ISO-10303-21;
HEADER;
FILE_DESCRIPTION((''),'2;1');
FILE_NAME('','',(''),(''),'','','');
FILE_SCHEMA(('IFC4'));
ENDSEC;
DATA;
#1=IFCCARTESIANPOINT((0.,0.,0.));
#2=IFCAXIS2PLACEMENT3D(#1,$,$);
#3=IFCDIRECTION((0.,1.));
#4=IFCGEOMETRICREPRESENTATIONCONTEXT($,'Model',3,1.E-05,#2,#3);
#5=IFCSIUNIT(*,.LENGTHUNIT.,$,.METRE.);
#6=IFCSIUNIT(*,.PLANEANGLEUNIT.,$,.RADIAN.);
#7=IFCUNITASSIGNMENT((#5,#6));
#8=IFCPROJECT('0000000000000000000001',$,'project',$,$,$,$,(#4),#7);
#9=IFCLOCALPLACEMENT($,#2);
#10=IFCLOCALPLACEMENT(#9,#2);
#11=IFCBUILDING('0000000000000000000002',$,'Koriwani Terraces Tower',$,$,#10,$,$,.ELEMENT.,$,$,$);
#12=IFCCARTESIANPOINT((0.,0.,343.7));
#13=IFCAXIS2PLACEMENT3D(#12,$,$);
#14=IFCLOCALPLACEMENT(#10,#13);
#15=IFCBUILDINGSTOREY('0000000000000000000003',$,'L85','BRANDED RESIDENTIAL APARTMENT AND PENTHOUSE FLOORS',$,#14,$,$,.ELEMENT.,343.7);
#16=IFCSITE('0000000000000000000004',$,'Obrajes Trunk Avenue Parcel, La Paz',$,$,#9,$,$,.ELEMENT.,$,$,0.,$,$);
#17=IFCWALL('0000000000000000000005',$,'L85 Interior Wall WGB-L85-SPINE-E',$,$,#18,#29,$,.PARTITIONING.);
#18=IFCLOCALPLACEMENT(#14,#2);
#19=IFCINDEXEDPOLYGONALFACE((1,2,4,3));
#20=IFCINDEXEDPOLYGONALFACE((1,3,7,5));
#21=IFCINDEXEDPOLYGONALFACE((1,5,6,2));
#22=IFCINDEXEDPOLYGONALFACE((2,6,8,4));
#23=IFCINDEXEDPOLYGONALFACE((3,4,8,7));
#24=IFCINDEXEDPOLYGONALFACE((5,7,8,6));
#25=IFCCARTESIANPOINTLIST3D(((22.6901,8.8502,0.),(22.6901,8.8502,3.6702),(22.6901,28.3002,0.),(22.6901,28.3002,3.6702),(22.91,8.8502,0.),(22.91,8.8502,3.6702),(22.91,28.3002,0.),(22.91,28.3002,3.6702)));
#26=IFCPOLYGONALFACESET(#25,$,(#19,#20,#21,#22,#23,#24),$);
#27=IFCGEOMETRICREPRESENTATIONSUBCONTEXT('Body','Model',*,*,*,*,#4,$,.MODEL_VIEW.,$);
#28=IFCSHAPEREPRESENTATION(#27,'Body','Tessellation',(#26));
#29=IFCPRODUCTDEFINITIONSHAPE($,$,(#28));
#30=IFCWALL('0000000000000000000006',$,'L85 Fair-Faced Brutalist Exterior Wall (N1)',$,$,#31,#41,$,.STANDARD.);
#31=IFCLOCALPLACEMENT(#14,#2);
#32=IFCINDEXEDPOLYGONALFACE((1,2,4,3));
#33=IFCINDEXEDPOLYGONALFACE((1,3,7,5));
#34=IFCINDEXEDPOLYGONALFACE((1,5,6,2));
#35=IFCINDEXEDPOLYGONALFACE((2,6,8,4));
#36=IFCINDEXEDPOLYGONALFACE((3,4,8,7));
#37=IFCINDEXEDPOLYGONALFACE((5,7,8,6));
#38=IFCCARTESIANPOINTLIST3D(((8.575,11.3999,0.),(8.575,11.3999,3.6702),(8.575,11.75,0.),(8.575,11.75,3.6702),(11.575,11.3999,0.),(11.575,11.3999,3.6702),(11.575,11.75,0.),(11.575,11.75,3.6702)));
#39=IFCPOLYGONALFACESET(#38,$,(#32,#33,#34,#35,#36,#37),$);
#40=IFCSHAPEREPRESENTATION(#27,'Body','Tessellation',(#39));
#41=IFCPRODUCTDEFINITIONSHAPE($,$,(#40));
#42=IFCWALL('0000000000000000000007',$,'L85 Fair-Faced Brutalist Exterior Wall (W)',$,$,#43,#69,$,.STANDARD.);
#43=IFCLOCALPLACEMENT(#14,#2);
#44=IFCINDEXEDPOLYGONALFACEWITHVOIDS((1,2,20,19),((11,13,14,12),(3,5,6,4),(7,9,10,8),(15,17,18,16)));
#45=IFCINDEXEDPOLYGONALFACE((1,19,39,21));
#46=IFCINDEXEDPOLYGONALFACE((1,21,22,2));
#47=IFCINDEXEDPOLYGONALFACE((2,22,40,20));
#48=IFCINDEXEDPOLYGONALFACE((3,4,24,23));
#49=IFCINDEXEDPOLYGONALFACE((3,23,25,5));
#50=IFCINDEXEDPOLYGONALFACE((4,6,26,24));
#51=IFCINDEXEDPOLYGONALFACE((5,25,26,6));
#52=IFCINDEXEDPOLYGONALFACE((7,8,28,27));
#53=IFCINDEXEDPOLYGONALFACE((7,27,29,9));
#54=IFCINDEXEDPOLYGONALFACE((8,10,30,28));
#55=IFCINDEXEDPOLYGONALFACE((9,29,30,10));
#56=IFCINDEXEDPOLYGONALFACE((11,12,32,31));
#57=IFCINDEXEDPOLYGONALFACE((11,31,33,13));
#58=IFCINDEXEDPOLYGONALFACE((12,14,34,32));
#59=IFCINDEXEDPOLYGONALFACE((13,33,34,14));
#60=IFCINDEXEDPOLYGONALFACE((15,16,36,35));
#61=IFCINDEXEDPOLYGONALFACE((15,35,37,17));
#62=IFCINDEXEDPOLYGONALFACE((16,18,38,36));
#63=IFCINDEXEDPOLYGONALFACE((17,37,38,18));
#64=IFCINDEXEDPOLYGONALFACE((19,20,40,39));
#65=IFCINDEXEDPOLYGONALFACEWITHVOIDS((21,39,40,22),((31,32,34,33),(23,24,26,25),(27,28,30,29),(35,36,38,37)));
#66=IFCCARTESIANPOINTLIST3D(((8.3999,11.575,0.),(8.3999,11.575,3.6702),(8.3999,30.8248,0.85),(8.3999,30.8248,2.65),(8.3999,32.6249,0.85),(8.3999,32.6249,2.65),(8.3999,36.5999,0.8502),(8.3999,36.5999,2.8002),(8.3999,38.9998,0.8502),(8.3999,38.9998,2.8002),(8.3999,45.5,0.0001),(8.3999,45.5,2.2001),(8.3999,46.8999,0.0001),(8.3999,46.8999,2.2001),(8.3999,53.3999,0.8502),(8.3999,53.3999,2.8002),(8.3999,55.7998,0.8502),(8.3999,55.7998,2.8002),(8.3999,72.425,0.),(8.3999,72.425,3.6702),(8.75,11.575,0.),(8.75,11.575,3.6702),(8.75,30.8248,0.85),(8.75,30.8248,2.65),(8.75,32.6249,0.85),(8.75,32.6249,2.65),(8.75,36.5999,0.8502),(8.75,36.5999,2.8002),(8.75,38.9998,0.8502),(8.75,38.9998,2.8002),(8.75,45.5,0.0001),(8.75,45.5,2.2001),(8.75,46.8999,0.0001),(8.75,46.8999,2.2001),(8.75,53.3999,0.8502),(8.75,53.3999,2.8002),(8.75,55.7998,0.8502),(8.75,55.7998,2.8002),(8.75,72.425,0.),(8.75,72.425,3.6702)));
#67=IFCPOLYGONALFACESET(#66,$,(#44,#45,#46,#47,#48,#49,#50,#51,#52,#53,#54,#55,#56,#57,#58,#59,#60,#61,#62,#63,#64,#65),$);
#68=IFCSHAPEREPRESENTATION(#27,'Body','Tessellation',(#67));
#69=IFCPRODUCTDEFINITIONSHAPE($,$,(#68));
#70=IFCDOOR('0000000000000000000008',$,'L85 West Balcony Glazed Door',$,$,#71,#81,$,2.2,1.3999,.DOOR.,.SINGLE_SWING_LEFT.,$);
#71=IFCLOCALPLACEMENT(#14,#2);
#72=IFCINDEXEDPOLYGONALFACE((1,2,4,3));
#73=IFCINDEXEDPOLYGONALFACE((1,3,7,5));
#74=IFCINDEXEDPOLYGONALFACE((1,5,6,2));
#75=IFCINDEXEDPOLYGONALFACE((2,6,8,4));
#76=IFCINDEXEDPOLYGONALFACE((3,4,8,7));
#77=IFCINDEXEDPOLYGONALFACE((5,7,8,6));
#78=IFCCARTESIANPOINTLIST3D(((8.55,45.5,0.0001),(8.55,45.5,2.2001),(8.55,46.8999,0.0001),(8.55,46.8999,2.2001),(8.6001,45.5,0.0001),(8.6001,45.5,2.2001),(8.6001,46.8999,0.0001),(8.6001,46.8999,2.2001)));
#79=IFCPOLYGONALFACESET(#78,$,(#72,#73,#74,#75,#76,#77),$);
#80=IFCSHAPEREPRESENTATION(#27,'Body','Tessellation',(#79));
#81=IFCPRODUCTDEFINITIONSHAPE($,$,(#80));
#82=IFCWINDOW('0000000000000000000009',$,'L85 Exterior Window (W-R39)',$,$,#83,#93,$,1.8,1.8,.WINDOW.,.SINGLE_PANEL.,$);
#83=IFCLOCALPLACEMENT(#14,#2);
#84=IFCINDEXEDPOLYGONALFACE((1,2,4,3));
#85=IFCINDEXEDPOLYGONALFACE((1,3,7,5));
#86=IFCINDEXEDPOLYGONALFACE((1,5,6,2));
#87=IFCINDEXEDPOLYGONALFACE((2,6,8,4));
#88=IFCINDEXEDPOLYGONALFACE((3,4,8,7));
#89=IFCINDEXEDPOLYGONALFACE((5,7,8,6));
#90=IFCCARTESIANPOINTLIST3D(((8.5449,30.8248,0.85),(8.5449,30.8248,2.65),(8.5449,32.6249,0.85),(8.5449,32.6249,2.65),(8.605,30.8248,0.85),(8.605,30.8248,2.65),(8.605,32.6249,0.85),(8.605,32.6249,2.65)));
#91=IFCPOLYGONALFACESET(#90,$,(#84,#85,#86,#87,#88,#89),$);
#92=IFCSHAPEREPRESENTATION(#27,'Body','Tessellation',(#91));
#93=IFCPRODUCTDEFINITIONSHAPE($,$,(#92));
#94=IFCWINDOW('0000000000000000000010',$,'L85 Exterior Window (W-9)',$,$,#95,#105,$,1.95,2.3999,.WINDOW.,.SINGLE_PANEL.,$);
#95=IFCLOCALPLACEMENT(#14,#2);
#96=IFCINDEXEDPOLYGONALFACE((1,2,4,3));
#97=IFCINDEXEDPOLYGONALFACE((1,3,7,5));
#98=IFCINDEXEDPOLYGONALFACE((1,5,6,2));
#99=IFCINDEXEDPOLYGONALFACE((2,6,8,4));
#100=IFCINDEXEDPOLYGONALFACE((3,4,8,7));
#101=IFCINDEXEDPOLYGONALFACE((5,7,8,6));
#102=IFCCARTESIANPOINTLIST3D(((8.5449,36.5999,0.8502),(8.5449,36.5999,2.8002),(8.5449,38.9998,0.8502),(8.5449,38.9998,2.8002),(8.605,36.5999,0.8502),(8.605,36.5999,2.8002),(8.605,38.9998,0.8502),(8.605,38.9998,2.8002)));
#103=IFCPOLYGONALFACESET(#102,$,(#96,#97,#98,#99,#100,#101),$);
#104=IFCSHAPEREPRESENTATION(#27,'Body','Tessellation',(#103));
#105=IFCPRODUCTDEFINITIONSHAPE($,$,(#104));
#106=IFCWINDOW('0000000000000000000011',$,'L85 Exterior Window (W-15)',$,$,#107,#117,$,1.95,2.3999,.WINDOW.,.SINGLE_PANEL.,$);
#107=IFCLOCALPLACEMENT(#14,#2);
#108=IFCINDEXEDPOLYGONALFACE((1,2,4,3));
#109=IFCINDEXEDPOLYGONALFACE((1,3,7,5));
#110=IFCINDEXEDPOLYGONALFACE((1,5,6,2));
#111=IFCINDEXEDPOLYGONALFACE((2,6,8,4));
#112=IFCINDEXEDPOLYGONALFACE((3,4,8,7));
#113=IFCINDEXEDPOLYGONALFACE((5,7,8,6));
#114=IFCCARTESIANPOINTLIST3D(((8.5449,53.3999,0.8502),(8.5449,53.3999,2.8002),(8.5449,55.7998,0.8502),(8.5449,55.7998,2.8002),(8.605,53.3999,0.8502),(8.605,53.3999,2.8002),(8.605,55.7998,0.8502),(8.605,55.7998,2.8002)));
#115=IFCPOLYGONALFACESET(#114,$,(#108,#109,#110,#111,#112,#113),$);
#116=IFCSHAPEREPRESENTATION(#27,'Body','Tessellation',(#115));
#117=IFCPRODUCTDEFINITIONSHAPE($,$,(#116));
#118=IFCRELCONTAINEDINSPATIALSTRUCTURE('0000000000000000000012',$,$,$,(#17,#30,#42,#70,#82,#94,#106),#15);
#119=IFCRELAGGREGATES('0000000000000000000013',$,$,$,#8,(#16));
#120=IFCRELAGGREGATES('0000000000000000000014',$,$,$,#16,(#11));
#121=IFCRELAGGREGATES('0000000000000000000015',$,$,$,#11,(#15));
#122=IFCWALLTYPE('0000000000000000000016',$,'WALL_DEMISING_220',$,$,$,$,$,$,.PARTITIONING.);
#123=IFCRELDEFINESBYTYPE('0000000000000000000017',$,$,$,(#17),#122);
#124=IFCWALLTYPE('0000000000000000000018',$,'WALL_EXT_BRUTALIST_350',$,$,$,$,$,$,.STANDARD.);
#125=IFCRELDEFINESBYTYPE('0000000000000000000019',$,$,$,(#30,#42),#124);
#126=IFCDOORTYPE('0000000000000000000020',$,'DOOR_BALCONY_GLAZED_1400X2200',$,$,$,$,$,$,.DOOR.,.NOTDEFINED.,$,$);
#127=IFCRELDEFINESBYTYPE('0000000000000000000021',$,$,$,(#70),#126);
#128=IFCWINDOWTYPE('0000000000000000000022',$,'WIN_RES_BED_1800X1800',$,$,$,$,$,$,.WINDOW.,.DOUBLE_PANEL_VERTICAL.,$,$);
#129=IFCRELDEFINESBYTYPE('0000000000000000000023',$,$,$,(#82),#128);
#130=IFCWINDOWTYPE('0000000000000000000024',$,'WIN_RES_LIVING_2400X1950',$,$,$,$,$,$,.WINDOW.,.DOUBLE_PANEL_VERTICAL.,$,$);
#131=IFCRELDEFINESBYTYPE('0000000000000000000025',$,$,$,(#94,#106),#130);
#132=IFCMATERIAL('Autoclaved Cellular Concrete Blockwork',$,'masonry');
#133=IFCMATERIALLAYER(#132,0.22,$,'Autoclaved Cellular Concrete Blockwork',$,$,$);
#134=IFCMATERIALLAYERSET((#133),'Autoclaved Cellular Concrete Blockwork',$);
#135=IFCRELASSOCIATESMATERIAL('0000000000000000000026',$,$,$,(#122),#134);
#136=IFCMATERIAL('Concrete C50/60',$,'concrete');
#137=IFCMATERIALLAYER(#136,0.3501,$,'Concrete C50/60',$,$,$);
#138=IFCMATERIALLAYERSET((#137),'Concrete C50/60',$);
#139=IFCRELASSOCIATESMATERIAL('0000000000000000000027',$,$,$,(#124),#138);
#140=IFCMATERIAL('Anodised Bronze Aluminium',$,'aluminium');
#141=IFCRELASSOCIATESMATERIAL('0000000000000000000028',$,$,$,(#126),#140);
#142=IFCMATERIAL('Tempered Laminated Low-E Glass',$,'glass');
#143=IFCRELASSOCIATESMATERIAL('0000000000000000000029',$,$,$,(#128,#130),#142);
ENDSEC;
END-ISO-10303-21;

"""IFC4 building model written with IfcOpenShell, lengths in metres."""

from ifc_helpers import new_model, si_unit, direction, frame, frame_2d, origin, place, context, subcontext, project, spatial, rectangle, extrude, material, layer, layer_set, type_object, element, fill, save


model = new_model("IFC4")

# Units and contexts
model_context = context("Model", 3, precision=1e-05, world=origin(), true_north=direction((0.0, 1.0)))
body_context = subcontext(model_context, "Body", "Model", "MODEL_VIEW")
ifc_project = project(units=[si_unit("LENGTHUNIT", "METRE"), si_unit("PLANEANGLEUNIT", "RADIAN")], contexts=[model_context])

# Site, building, storey
site_placement = place(None, origin())
site = spatial("IfcSite", under=ifc_project, at=site_placement, Name="Obrajes Trunk Avenue Parcel, La Paz", CompositionType="ELEMENT", RefElevation=0.0)
building_placement = place(site_placement, origin())
building = spatial("IfcBuilding", under=site, at=building_placement, Name="Koriwani Terraces Tower", CompositionType="ELEMENT")
storey_placement = place(building_placement, frame((0.0, 0.0, 343.7)))
storey = spatial("IfcBuildingStorey", under=building, at=storey_placement, Name="L85", Description="BRANDED RESIDENTIAL APARTMENT AND PENTHOUSE FLOORS", CompositionType="ELEMENT", Elevation=343.7)

# Shared definitions
ifc_material_1 = material(Name="Concrete C50/60", Category="concrete")

# Shared definitions
ifc_material_2 = material(Name="Autoclaved Cellular Concrete Blockwork", Category="masonry")

# Walls
ifc_layer_1 = layer(ifc_material_2, 0.22, Name="Autoclaved Cellular Concrete Blockwork")
ifc_layer_set_1 = layer_set([ifc_layer_1], Name="Autoclaved Cellular Concrete Blockwork")
wall_type_1 = type_object("IfcWallType", Name="WALL_DEMISING_220", PredefinedType="PARTITIONING", material=ifc_layer_set_1)
wall_1_placement = place(storey_placement, frame((22.8, 8.8501, 0.0), z_axis=(0.0, 0.0, 1.0), x_axis=(0.0, 1.0, 0.0)))
element("IfcWall", 1, at=wall_1_placement, inside=storey, type_object=wall_type_1, Name="L85 Interior Wall WGB-L85-SPINE-E", PredefinedType="PARTITIONING", context=body_context, shape_type="SweptSolid", body=[
    extrude(rectangle(XDim=19.45, YDim=0.22, at=frame_2d((9.7251, 0.0))), origin(), (0.0, 0.0, 1.0), 3.6702),
])
ifc_layer_2 = layer(ifc_material_1, 0.3501, Name="Concrete C50/60")
ifc_layer_set_2 = layer_set([ifc_layer_2], Name="Concrete C50/60")
wall_type_2 = type_object("IfcWallType", Name="WALL_EXT_BRUTALIST_350", PredefinedType="STANDARD", material=ifc_layer_set_2)
wall_2_placement = place(storey_placement, frame((11.575, 11.575, 0.0), z_axis=(0.0, 0.0, 1.0), x_axis=(-1.0, 0.0, 0.0)))
element("IfcWall", 2, at=wall_2_placement, inside=storey, type_object=wall_type_2, Name="L85 Fair-Faced Brutalist Exterior Wall (N1)", PredefinedType="STANDARD", context=body_context, shape_type="SweptSolid", body=[
    extrude(rectangle(XDim=3.0, YDim=0.3501, at=frame_2d((1.5, 0.0))), origin(), (0.0, 0.0, 1.0), 3.6702),
])

# Wall, openings, door, windows
wall_3_placement = place(storey_placement, frame((8.575, 11.575, 0.0), z_axis=(0.0, 0.0, 1.0), x_axis=(0.0, 1.0, 0.0)))
wall_3 = element("IfcWall", 3, at=wall_3_placement, inside=storey, type_object=wall_type_2, Name="L85 Fair-Faced Brutalist Exterior Wall (W)", PredefinedType="STANDARD", context=body_context, shape_type="SweptSolid", body=[
    extrude(rectangle(XDim=60.8501, YDim=0.3501, at=frame_2d((30.425, 0.0))), origin(), (0.0, 0.0, 1.0), 3.6702),
])
opening_1_placement = place(wall_3_placement, frame((33.925, 0.0, 0.0)))
opening_1 = element("IfcOpeningElement", 4, at=opening_1_placement, cuts=wall_3, PredefinedType="OPENING", context=body_context, shape_type="SweptSolid", body=[
    extrude(rectangle(XDim=1.3999, YDim=2.2, at=frame_2d((0.7, 1.1001))), frame((0.0, 0.1851, 0.0), z_axis=(0.0, -1.0, 0.0), x_axis=(1.0, 0.0, 0.0)), (0.0, 0.0, 1.0), 0.3701),
])
opening_2_placement = place(wall_3_placement, frame((25.0249, 0.0, 0.8501)))
opening_2 = element("IfcOpeningElement", 5, at=opening_2_placement, cuts=wall_3, PredefinedType="OPENING", context=body_context, shape_type="SweptSolid", body=[
    extrude(rectangle(XDim=2.3999, YDim=1.95, at=frame_2d((1.2, 0.9751))), frame((0.0, 0.1851, 0.0), z_axis=(0.0, -1.0, 0.0), x_axis=(1.0, 0.0, 0.0)), (0.0, 0.0, 1.0), 0.3701),
])
opening_3_placement = place(wall_3_placement, frame((41.825, 0.0, 0.8501)))
opening_3 = element("IfcOpeningElement", 6, at=opening_3_placement, cuts=wall_3, PredefinedType="OPENING", context=body_context, shape_type="SweptSolid", body=[
    extrude(rectangle(XDim=2.3999, YDim=1.95, at=frame_2d((1.2, 0.9751))), frame((0.0, 0.1851, 0.0), z_axis=(0.0, -1.0, 0.0), x_axis=(1.0, 0.0, 0.0)), (0.0, 0.0, 1.0), 0.3701),
])
opening_4_placement = place(wall_3_placement, frame((19.25, 0.0, 0.8501)))
opening_4 = element("IfcOpeningElement", 7, at=opening_4_placement, cuts=wall_3, PredefinedType="OPENING", context=body_context, shape_type="SweptSolid", body=[
    extrude(rectangle(XDim=1.8, YDim=1.8, at=frame_2d((0.8999, 0.8999))), frame((0.0, 0.1851, 0.0), z_axis=(0.0, -1.0, 0.0), x_axis=(1.0, 0.0, 0.0)), (0.0, 0.0, 1.0), 0.3701),
])
ifc_material_3 = material(Name="Anodised Bronze Aluminium", Category="aluminium")
door_type_1 = type_object("IfcDoorType", Name="DOOR_BALCONY_GLAZED_1400X2200", OperationType="NOTDEFINED", PredefinedType="DOOR", material=ifc_material_3)
door_1_placement = place(opening_1_placement, origin())
door_1 = element("IfcDoor", 8, at=door_1_placement, inside=storey, type_object=door_type_1, Name="L85 West Balcony Glazed Door", OperationType="SINGLE_SWING_LEFT", OverallHeight=2.2, OverallWidth=1.3999, PredefinedType="DOOR", context=body_context, shape_type="SweptSolid", body=[
    extrude(rectangle(XDim=1.3999, YDim=2.2, at=frame_2d((0.7, 1.1001))), frame((0.0, 0.0249, 0.0), z_axis=(0.0, -1.0, 0.0), x_axis=(1.0, 0.0, 0.0)), (0.0, 0.0, 1.0), 0.05),
])
fill(opening_1, door_1)
ifc_material_4 = material(Name="Tempered Laminated Low-E Glass", Category="glass")
window_type_1 = type_object("IfcWindowType", Name="WIN_RES_BED_1800X1800", PartitioningType="DOUBLE_PANEL_VERTICAL", PredefinedType="WINDOW", material=ifc_material_4)
window_1_placement = place(opening_4_placement, origin())
window_1 = element("IfcWindow", 9, at=window_1_placement, inside=storey, type_object=window_type_1, Name="L85 Exterior Window (W-R39)", OverallHeight=1.8, OverallWidth=1.8, PartitioningType="SINGLE_PANEL", PredefinedType="WINDOW", context=body_context, shape_type="SweptSolid", body=[
    extrude(rectangle(XDim=1.8, YDim=1.8, at=frame_2d((0.8999, 0.8999))), frame((0.0, 0.03, 0.0), z_axis=(0.0, -1.0, 0.0), x_axis=(1.0, 0.0, 0.0)), (0.0, 0.0, 1.0), 0.0601),
])
fill(opening_4, window_1)
window_type_2 = type_object("IfcWindowType", Name="WIN_RES_LIVING_2400X1950", PartitioningType="DOUBLE_PANEL_VERTICAL", PredefinedType="WINDOW", material=ifc_material_4)
window_2_placement = place(opening_2_placement, origin())
window_2 = element("IfcWindow", 10, at=window_2_placement, inside=storey, type_object=window_type_2, Name="L85 Exterior Window (W-9)", OverallHeight=1.95, OverallWidth=2.3999, PartitioningType="SINGLE_PANEL", PredefinedType="WINDOW", context=body_context, shape_type="SweptSolid", body=[
    extrude(rectangle(XDim=2.3999, YDim=1.95, at=frame_2d((1.2, 0.9751))), frame((0.0, 0.03, 0.0), z_axis=(0.0, -1.0, 0.0), x_axis=(1.0, 0.0, 0.0)), (0.0, 0.0, 1.0), 0.0601),
])
fill(opening_2, window_2)
window_3_placement = place(opening_3_placement, origin())
window_3 = element("IfcWindow", 11, at=window_3_placement, inside=storey, type_object=window_type_2, Name="L85 Exterior Window (W-15)", OverallHeight=1.95, OverallWidth=2.3999, PartitioningType="SINGLE_PANEL", PredefinedType="WINDOW", context=body_context, shape_type="SweptSolid", body=[
    extrude(rectangle(XDim=2.3999, YDim=1.95, at=frame_2d((1.2, 0.9751))), frame((0.0, 0.03, 0.0), z_axis=(0.0, -1.0, 0.0), x_axis=(1.0, 0.0, 0.0)), (0.0, 0.0, 1.0), 0.0601),
])
fill(opening_3, window_3)

save(model, "model.ifc")
